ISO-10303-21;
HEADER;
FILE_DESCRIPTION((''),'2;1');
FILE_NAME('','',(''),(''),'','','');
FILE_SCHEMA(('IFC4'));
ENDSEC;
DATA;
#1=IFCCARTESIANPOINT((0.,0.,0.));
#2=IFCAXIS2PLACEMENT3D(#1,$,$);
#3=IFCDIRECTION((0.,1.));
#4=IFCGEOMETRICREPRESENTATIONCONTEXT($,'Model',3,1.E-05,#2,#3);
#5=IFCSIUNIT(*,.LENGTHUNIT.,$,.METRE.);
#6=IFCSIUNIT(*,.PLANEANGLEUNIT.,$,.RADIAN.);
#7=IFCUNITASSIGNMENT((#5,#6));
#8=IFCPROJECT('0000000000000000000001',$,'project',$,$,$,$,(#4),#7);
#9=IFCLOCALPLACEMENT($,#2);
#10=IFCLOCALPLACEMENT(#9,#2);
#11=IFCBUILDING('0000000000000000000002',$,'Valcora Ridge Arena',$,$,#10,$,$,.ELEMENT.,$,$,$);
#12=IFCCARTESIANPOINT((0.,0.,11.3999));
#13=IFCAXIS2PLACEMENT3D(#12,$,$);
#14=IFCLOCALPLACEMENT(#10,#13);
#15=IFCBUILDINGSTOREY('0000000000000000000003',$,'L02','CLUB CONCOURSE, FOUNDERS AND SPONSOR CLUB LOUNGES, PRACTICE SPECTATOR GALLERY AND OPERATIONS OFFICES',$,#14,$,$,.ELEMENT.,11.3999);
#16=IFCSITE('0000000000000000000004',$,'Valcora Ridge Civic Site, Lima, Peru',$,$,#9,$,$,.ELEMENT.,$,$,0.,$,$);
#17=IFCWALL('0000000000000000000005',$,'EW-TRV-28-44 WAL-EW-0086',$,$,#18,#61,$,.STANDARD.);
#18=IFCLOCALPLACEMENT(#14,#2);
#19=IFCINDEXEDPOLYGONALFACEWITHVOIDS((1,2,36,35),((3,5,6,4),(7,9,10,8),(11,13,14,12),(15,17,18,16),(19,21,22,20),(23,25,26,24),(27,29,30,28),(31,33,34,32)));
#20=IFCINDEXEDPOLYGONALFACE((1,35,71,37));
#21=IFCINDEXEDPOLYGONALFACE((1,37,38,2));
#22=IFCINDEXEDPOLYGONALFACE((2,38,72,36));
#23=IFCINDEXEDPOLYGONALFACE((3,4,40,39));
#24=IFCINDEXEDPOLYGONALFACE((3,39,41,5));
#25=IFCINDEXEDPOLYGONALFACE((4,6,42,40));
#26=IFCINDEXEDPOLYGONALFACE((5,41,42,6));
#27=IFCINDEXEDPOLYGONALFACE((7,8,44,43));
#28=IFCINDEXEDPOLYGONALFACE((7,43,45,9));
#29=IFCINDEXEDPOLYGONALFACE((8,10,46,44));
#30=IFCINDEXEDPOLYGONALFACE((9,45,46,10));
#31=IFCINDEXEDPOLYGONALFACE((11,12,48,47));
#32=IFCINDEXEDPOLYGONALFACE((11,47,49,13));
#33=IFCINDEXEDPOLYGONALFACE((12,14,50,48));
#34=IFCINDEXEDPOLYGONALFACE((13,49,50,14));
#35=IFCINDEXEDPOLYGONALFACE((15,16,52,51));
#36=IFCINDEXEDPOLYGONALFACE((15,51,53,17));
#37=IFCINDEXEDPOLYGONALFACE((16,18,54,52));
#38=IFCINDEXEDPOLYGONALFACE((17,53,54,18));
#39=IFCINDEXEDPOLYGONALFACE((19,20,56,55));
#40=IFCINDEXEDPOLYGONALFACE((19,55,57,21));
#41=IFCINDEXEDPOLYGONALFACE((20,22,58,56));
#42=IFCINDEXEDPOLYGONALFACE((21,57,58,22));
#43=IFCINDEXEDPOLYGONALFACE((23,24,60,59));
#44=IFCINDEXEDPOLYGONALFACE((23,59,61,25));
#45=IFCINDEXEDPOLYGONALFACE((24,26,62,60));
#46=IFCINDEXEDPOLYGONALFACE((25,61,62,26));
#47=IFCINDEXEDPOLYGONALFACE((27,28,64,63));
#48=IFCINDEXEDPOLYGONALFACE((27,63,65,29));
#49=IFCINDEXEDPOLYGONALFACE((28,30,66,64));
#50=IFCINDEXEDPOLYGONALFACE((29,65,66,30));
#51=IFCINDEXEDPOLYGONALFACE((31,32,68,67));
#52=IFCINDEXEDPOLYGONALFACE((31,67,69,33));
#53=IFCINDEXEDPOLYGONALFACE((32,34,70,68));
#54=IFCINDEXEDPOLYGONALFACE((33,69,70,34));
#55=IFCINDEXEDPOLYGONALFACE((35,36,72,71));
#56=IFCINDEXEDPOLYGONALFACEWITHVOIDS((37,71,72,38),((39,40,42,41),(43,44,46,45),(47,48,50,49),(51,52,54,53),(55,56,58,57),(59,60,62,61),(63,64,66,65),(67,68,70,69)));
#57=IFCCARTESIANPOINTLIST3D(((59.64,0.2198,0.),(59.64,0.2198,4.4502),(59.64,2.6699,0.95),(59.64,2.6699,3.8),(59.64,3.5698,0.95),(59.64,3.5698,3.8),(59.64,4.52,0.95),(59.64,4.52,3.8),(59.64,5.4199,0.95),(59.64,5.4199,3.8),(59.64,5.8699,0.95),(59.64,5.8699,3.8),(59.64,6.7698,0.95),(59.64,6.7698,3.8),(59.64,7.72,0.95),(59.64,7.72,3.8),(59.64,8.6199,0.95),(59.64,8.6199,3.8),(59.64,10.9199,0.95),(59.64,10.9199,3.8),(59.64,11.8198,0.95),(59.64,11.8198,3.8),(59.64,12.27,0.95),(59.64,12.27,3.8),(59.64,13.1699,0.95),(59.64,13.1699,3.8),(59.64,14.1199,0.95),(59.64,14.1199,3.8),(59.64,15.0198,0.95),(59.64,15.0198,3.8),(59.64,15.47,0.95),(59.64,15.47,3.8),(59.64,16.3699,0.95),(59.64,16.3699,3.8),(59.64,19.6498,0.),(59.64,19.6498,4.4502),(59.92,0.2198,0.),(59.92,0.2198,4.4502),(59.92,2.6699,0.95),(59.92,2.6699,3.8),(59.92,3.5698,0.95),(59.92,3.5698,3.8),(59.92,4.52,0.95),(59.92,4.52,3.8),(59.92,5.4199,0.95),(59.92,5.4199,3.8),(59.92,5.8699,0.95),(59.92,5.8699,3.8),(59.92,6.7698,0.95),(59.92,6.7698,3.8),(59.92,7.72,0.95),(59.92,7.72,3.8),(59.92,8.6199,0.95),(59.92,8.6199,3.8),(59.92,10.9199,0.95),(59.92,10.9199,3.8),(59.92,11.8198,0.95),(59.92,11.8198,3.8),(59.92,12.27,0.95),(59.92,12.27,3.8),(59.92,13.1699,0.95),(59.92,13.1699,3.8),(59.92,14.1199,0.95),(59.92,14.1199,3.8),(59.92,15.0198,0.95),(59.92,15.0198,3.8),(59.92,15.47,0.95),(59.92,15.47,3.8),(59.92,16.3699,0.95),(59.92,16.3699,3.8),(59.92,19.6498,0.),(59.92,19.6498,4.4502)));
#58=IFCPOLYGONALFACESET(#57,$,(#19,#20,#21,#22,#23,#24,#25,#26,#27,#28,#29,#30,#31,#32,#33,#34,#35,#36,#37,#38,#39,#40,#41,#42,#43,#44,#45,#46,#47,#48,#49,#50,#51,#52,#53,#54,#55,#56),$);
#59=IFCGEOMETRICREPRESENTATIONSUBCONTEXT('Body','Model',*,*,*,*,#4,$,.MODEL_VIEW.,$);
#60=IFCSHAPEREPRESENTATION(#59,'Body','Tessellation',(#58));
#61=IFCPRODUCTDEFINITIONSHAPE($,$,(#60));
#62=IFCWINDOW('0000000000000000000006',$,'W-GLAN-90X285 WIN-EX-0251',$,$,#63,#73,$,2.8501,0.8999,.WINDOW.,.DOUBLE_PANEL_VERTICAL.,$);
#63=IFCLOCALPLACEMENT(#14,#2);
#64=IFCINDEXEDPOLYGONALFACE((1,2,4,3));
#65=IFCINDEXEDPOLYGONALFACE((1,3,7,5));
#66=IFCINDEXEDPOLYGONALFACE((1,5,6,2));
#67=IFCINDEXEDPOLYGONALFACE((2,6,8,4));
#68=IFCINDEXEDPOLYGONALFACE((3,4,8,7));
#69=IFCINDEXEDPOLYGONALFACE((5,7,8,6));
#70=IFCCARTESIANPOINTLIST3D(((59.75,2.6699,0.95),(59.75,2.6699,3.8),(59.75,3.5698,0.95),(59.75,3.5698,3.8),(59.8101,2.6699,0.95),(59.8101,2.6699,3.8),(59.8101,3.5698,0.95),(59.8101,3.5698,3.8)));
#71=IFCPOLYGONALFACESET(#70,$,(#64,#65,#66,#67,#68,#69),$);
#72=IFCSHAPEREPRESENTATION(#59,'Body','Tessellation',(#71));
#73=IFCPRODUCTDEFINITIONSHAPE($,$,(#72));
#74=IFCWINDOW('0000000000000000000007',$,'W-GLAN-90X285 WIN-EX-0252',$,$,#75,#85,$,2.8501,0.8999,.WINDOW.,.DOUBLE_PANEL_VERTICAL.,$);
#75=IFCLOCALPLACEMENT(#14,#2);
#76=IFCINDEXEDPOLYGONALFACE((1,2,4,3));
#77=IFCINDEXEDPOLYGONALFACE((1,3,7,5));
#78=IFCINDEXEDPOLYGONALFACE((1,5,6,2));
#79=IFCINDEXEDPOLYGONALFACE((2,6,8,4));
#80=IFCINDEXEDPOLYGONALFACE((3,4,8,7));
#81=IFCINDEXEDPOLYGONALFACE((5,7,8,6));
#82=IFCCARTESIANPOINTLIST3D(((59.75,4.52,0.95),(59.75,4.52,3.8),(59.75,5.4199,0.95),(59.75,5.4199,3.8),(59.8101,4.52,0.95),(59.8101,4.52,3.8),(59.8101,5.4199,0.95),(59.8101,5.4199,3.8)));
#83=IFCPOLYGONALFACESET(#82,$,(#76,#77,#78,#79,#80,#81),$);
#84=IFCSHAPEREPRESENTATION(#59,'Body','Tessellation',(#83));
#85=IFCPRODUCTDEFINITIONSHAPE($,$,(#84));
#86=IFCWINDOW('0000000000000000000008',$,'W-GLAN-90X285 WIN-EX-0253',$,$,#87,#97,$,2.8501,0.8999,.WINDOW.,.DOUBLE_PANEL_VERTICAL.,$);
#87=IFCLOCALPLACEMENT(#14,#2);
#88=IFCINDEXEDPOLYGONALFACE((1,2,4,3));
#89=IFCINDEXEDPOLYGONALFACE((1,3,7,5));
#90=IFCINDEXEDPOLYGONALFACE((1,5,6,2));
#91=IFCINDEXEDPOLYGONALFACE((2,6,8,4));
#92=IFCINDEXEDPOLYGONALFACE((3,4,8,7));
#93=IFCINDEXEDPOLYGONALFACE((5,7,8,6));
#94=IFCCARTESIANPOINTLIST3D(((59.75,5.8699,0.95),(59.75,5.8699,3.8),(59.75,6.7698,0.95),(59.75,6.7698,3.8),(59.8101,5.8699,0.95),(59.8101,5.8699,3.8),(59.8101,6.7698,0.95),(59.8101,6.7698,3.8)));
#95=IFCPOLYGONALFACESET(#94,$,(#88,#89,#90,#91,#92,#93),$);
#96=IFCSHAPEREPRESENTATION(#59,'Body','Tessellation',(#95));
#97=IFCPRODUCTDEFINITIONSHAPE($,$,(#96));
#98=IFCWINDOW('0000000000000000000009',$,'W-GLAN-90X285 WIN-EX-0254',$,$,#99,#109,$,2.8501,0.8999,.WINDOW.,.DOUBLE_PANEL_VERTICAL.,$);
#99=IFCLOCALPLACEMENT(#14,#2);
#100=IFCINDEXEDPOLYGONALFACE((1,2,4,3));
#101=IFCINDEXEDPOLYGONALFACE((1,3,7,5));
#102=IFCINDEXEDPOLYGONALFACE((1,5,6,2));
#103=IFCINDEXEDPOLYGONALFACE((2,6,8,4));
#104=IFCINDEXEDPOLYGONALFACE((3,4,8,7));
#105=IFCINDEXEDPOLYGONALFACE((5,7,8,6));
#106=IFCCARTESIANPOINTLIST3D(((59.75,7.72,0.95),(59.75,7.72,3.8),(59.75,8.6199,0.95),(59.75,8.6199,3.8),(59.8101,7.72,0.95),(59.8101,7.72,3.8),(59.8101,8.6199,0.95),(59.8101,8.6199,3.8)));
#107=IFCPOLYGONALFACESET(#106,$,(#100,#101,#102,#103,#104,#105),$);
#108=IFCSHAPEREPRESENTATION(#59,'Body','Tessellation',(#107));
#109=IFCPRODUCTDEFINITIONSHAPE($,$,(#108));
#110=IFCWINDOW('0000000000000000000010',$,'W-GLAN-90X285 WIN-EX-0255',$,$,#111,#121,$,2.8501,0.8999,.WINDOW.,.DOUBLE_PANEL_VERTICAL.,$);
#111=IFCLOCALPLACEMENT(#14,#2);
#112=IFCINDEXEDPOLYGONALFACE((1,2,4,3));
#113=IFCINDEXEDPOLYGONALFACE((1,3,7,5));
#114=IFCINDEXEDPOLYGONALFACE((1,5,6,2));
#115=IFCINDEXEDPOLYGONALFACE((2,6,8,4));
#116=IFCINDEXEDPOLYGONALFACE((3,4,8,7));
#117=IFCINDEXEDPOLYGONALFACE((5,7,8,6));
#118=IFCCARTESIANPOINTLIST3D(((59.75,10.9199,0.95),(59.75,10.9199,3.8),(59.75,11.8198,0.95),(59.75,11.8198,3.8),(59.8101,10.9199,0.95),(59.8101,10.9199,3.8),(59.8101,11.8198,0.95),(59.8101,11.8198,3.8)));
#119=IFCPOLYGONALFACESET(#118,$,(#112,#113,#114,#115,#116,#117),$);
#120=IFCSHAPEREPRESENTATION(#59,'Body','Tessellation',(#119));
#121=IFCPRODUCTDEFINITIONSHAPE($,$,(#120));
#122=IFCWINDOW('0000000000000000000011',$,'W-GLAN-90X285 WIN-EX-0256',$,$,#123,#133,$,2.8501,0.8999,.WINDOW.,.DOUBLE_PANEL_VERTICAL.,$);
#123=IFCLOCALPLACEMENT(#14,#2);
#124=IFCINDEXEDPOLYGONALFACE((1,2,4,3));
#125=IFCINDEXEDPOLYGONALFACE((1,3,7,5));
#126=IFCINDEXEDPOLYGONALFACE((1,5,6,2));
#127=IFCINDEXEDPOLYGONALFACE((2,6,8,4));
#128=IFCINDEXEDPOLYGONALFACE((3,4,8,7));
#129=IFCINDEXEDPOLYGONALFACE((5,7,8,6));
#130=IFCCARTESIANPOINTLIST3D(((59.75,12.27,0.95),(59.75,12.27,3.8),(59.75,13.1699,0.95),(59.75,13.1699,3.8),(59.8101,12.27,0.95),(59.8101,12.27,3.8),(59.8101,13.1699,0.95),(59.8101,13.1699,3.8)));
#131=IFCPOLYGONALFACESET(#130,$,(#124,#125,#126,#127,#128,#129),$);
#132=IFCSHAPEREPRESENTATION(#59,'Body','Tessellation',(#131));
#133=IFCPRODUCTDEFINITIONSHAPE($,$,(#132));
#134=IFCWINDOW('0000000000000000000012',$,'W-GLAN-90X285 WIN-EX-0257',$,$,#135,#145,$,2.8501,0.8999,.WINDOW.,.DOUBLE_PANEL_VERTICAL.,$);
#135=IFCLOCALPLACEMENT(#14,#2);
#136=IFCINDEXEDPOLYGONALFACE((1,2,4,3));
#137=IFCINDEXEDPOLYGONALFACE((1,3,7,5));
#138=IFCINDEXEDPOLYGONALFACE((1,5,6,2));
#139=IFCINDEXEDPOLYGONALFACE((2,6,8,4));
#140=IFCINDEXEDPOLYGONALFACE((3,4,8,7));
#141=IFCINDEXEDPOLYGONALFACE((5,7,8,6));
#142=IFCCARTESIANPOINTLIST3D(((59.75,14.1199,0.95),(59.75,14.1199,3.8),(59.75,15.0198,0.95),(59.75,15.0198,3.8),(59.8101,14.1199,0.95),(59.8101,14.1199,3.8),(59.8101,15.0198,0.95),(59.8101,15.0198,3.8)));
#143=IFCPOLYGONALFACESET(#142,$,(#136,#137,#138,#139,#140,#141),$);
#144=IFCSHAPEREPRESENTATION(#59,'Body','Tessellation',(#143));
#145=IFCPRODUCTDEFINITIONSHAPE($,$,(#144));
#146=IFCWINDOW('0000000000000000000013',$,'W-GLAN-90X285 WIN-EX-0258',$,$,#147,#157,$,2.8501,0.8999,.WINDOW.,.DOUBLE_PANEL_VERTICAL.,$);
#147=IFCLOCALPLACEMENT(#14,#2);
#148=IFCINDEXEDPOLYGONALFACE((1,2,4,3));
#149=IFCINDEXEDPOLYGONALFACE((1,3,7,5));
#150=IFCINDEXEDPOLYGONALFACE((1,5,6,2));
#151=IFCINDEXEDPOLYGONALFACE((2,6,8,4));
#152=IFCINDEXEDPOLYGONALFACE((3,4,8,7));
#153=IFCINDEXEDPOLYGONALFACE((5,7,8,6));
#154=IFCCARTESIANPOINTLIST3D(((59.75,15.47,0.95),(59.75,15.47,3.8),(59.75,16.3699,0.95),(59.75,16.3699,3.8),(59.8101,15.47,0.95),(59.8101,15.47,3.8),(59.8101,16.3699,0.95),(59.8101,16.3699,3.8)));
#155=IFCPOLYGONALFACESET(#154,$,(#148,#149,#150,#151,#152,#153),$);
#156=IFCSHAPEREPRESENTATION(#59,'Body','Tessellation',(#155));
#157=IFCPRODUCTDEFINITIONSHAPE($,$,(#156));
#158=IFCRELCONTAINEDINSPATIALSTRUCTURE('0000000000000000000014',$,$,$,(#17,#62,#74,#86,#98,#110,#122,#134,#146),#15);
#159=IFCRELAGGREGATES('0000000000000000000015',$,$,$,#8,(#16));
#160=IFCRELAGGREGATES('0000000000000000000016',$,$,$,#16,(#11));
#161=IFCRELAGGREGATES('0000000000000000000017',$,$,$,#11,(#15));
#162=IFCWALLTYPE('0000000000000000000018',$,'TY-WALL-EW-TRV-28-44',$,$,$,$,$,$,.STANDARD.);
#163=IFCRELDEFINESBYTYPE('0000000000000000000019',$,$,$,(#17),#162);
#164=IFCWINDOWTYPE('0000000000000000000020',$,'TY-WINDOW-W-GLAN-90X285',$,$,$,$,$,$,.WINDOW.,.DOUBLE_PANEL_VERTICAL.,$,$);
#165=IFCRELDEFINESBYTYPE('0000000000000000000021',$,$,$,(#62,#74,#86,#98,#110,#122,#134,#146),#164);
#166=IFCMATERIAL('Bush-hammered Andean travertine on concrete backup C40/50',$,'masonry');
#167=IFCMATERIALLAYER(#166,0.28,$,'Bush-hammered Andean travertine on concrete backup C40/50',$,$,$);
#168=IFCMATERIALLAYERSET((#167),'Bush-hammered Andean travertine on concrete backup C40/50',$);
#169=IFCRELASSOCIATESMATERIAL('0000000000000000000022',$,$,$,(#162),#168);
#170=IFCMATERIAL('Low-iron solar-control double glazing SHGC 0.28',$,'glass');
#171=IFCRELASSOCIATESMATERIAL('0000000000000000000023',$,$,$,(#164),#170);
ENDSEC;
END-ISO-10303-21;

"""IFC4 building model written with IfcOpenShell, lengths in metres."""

from ifc_helpers import new_model, si_unit, direction, frame, frame_2d, origin, place, context, subcontext, project, spatial, rectangle, extrude, material, layer, layer_set, type_object, element, fill, save


model = new_model("IFC4")

# Units and contexts
model_context = context("Model", 3, precision=1e-05, world=origin(), true_north=direction((0.0, 1.0)))
body_context = subcontext(model_context, "Body", "Model", "MODEL_VIEW")
ifc_project = project(units=[si_unit("LENGTHUNIT", "METRE"), si_unit("PLANEANGLEUNIT", "RADIAN")], contexts=[model_context])

# Site, building, storey
site_placement = place(None, origin())
site = spatial("IfcSite", under=ifc_project, at=site_placement, Name="Valcora Ridge Civic Site, Lima, Peru", CompositionType="ELEMENT", RefElevation=0.0)
building_placement = place(site_placement, origin())
building = spatial("IfcBuilding", under=site, at=building_placement, Name="Valcora Ridge Arena", CompositionType="ELEMENT")
storey_placement = place(building_placement, frame((0.0, 0.0, 11.3999)))
storey = spatial("IfcBuildingStorey", under=building, at=storey_placement, Name="L02", Description="CLUB CONCOURSE, FOUNDERS AND SPONSOR CLUB LOUNGES, PRACTICE SPECTATOR GALLERY AND OPERATIONS OFFICES", CompositionType="ELEMENT", Elevation=11.3999)

# Shared definitions
ifc_material_1 = material(Name="Low-iron solar-control double glazing SHGC 0.28", Category="glass")

# Wall, openings, windows
ifc_material_2 = material(Name="Bush-hammered Andean travertine on concrete backup C40/50", Category="masonry")
ifc_layer_1 = layer(ifc_material_2, 0.28, Name="Bush-hammered Andean travertine on concrete backup C40/50")
ifc_layer_set_1 = layer_set([ifc_layer_1], Name="Bush-hammered Andean travertine on concrete backup C40/50")
wall_type = type_object("IfcWallType", Name="TY-WALL-EW-TRV-28-44", PredefinedType="STANDARD", material=ifc_layer_set_1)
wall_placement = place(storey_placement, frame((59.78, 0.22, 0.0), z_axis=(0.0, 0.0, 1.0), x_axis=(0.0, 1.0, 0.0)))
wall = element("IfcWall", 1, at=wall_placement, inside=storey, type_object=wall_type, Name="EW-TRV-28-44 WAL-EW-0086", PredefinedType="STANDARD", context=body_context, shape_type="SweptSolid", body=[
    extrude(rectangle(XDim=19.4299, YDim=0.28, at=frame_2d((9.7148, 0.0))), origin(), (0.0, 0.0, 1.0), 4.4502),
])
opening_1_placement = place(wall_placement, frame((2.45, 0.0, 0.95)))
opening_1 = element("IfcOpeningElement", 2, at=opening_1_placement, cuts=wall, PredefinedType="OPENING", context=body_context, shape_type="SweptSolid", body=[
    extrude(rectangle(XDim=0.8999, YDim=2.8501, at=frame_2d((0.45, 1.425))), frame((0.0, 0.1499, 0.0), z_axis=(0.0, -1.0, 0.0), x_axis=(1.0, 0.0, 0.0)), (0.0, 0.0, 1.0), 0.3),
])
opening_2_placement = place(wall_placement, frame((4.3, 0.0, 0.95)))
opening_2 = element("IfcOpeningElement", 3, at=opening_2_placement, cuts=wall, PredefinedType="OPENING", context=body_context, shape_type="SweptSolid", body=[
    extrude(rectangle(XDim=0.8999, YDim=2.8501, at=frame_2d((0.45, 1.425))), frame((0.0, 0.1499, 0.0), z_axis=(0.0, -1.0, 0.0), x_axis=(1.0, 0.0, 0.0)), (0.0, 0.0, 1.0), 0.3),
])
opening_3_placement = place(wall_placement, frame((5.6499, 0.0, 0.95)))
opening_3 = element("IfcOpeningElement", 4, at=opening_3_placement, cuts=wall, PredefinedType="OPENING", context=body_context, shape_type="SweptSolid", body=[
    extrude(rectangle(XDim=0.8999, YDim=2.8501, at=frame_2d((0.45, 1.425))), frame((0.0, 0.1499, 0.0), z_axis=(0.0, -1.0, 0.0), x_axis=(1.0, 0.0, 0.0)), (0.0, 0.0, 1.0), 0.3),
])
opening_4_placement = place(wall_placement, frame((7.5, 0.0, 0.95)))
opening_4 = element("IfcOpeningElement", 5, at=opening_4_placement, cuts=wall, PredefinedType="OPENING", context=body_context, shape_type="SweptSolid", body=[
    extrude(rectangle(XDim=0.8999, YDim=2.8501, at=frame_2d((0.45, 1.425))), frame((0.0, 0.1499, 0.0), z_axis=(0.0, -1.0, 0.0), x_axis=(1.0, 0.0, 0.0)), (0.0, 0.0, 1.0), 0.3),
])
opening_5_placement = place(wall_placement, frame((10.7, 0.0, 0.95)))
opening_5 = element("IfcOpeningElement", 6, at=opening_5_placement, cuts=wall, PredefinedType="OPENING", context=body_context, shape_type="SweptSolid", body=[
    extrude(rectangle(XDim=0.8999, YDim=2.8501, at=frame_2d((0.45, 1.425))), frame((0.0, 0.1499, 0.0), z_axis=(0.0, -1.0, 0.0), x_axis=(1.0, 0.0, 0.0)), (0.0, 0.0, 1.0), 0.3),
])
opening_6_placement = place(wall_placement, frame((12.05, 0.0, 0.95)))
opening_6 = element("IfcOpeningElement", 7, at=opening_6_placement, cuts=wall, PredefinedType="OPENING", context=body_context, shape_type="SweptSolid", body=[
    extrude(rectangle(XDim=0.8999, YDim=2.8501, at=frame_2d((0.45, 1.425))), frame((0.0, 0.1499, 0.0), z_axis=(0.0, -1.0, 0.0), x_axis=(1.0, 0.0, 0.0)), (0.0, 0.0, 1.0), 0.3),
])
opening_7_placement = place(wall_placement, frame((13.8999, 0.0, 0.95)))
opening_7 = element("IfcOpeningElement", 8, at=opening_7_placement, cuts=wall, PredefinedType="OPENING", context=body_context, shape_type="SweptSolid", body=[
    extrude(rectangle(XDim=0.8999, YDim=2.8501, at=frame_2d((0.45, 1.425))), frame((0.0, 0.1499, 0.0), z_axis=(0.0, -1.0, 0.0), x_axis=(1.0, 0.0, 0.0)), (0.0, 0.0, 1.0), 0.3),
])
opening_8_placement = place(wall_placement, frame((15.25, 0.0, 0.95)))
opening_8 = element("IfcOpeningElement", 9, at=opening_8_placement, cuts=wall, PredefinedType="OPENING", context=body_context, shape_type="SweptSolid", body=[
    extrude(rectangle(XDim=0.8999, YDim=2.8501, at=frame_2d((0.45, 1.425))), frame((0.0, 0.1499, 0.0), z_axis=(0.0, -1.0, 0.0), x_axis=(1.0, 0.0, 0.0)), (0.0, 0.0, 1.0), 0.3),
])
window_type = type_object("IfcWindowType", Name="TY-WINDOW-W-GLAN-90X285", PartitioningType="DOUBLE_PANEL_VERTICAL", PredefinedType="WINDOW", material=ifc_material_1)
window_1_placement = place(opening_1_placement, origin())
window_1 = element("IfcWindow", 10, at=window_1_placement, inside=storey, type_object=window_type, Name="W-GLAN-90X285 WIN-EX-0251", OverallHeight=2.8501, OverallWidth=0.8999, PartitioningType="DOUBLE_PANEL_VERTICAL", PredefinedType="WINDOW", context=body_context, shape_type="SweptSolid", body=[
    extrude(rectangle(XDim=0.8999, YDim=2.8501, at=frame_2d((0.45, 1.425))), frame((0.0, 0.03, 0.0), z_axis=(0.0, -1.0, 0.0), x_axis=(1.0, 0.0, 0.0)), (0.0, 0.0, 1.0), 0.0601),
])
fill(opening_1, window_1)
window_2_placement = place(opening_2_placement, origin())
window_2 = element("IfcWindow", 11, at=window_2_placement, inside=storey, type_object=window_type, Name="W-GLAN-90X285 WIN-EX-0252", OverallHeight=2.8501, OverallWidth=0.8999, PartitioningType="DOUBLE_PANEL_VERTICAL", PredefinedType="WINDOW", context=body_context, shape_type="SweptSolid", body=[
    extrude(rectangle(XDim=0.8999, YDim=2.8501, at=frame_2d((0.45, 1.425))), frame((0.0, 0.03, 0.0), z_axis=(0.0, -1.0, 0.0), x_axis=(1.0, 0.0, 0.0)), (0.0, 0.0, 1.0), 0.0601),
])
fill(opening_2, window_2)
window_3_placement = place(opening_3_placement, origin())
window_3 = element("IfcWindow", 12, at=window_3_placement, inside=storey, type_object=window_type, Name="W-GLAN-90X285 WIN-EX-0253", OverallHeight=2.8501, OverallWidth=0.8999, PartitioningType="DOUBLE_PANEL_VERTICAL", PredefinedType="WINDOW", context=body_context, shape_type="SweptSolid", body=[
    extrude(rectangle(XDim=0.8999, YDim=2.8501, at=frame_2d((0.45, 1.425))), frame((0.0, 0.03, 0.0), z_axis=(0.0, -1.0, 0.0), x_axis=(1.0, 0.0, 0.0)), (0.0, 0.0, 1.0), 0.0601),
])
fill(opening_3, window_3)
window_4_placement = place(opening_4_placement, origin())
window_4 = element("IfcWindow", 13, at=window_4_placement, inside=storey, type_object=window_type, Name="W-GLAN-90X285 WIN-EX-0254", OverallHeight=2.8501, OverallWidth=0.8999, PartitioningType="DOUBLE_PANEL_VERTICAL", PredefinedType="WINDOW", context=body_context, shape_type="SweptSolid", body=[
    extrude(rectangle(XDim=0.8999, YDim=2.8501, at=frame_2d((0.45, 1.425))), frame((0.0, 0.03, 0.0), z_axis=(0.0, -1.0, 0.0), x_axis=(1.0, 0.0, 0.0)), (0.0, 0.0, 1.0), 0.0601),
])
fill(opening_4, window_4)
window_5_placement = place(opening_5_placement, origin())
window_5 = element("IfcWindow", 14, at=window_5_placement, inside=storey, type_object=window_type, Name="W-GLAN-90X285 WIN-EX-0255", OverallHeight=2.8501, OverallWidth=0.8999, PartitioningType="DOUBLE_PANEL_VERTICAL", PredefinedType="WINDOW", context=body_context, shape_type="SweptSolid", body=[
    extrude(rectangle(XDim=0.8999, YDim=2.8501, at=frame_2d((0.45, 1.425))), frame((0.0, 0.03, 0.0), z_axis=(0.0, -1.0, 0.0), x_axis=(1.0, 0.0, 0.0)), (0.0, 0.0, 1.0), 0.0601),
])
fill(opening_5, window_5)
window_6_placement = place(opening_6_placement, origin())
window_6 = element("IfcWindow", 15, at=window_6_placement, inside=storey, type_object=window_type, Name="W-GLAN-90X285 WIN-EX-0256", OverallHeight=2.8501, OverallWidth=0.8999, PartitioningType="DOUBLE_PANEL_VERTICAL", PredefinedType="WINDOW", context=body_context, shape_type="SweptSolid", body=[
    extrude(rectangle(XDim=0.8999, YDim=2.8501, at=frame_2d((0.45, 1.425))), frame((0.0, 0.03, 0.0), z_axis=(0.0, -1.0, 0.0), x_axis=(1.0, 0.0, 0.0)), (0.0, 0.0, 1.0), 0.0601),
])
fill(opening_6, window_6)
window_7_placement = place(opening_7_placement, origin())
window_7 = element("IfcWindow", 16, at=window_7_placement, inside=storey, type_object=window_type, Name="W-GLAN-90X285 WIN-EX-0257", OverallHeight=2.8501, OverallWidth=0.8999, PartitioningType="DOUBLE_PANEL_VERTICAL", PredefinedType="WINDOW", context=body_context, shape_type="SweptSolid", body=[
    extrude(rectangle(XDim=0.8999, YDim=2.8501, at=frame_2d((0.45, 1.425))), frame((0.0, 0.03, 0.0), z_axis=(0.0, -1.0, 0.0), x_axis=(1.0, 0.0, 0.0)), (0.0, 0.0, 1.0), 0.0601),
])
fill(opening_7, window_7)
window_8_placement = place(opening_8_placement, origin())
window_8 = element("IfcWindow", 17, at=window_8_placement, inside=storey, type_object=window_type, Name="W-GLAN-90X285 WIN-EX-0258", OverallHeight=2.8501, OverallWidth=0.8999, PartitioningType="DOUBLE_PANEL_VERTICAL", PredefinedType="WINDOW", context=body_context, shape_type="SweptSolid", body=[
    extrude(rectangle(XDim=0.8999, YDim=2.8501, at=frame_2d((0.45, 1.425))), frame((0.0, 0.03, 0.0), z_axis=(0.0, -1.0, 0.0), x_axis=(1.0, 0.0, 0.0)), (0.0, 0.0, 1.0), 0.0601),
])
fill(opening_8, window_8)

save(model, "model.ifc")
